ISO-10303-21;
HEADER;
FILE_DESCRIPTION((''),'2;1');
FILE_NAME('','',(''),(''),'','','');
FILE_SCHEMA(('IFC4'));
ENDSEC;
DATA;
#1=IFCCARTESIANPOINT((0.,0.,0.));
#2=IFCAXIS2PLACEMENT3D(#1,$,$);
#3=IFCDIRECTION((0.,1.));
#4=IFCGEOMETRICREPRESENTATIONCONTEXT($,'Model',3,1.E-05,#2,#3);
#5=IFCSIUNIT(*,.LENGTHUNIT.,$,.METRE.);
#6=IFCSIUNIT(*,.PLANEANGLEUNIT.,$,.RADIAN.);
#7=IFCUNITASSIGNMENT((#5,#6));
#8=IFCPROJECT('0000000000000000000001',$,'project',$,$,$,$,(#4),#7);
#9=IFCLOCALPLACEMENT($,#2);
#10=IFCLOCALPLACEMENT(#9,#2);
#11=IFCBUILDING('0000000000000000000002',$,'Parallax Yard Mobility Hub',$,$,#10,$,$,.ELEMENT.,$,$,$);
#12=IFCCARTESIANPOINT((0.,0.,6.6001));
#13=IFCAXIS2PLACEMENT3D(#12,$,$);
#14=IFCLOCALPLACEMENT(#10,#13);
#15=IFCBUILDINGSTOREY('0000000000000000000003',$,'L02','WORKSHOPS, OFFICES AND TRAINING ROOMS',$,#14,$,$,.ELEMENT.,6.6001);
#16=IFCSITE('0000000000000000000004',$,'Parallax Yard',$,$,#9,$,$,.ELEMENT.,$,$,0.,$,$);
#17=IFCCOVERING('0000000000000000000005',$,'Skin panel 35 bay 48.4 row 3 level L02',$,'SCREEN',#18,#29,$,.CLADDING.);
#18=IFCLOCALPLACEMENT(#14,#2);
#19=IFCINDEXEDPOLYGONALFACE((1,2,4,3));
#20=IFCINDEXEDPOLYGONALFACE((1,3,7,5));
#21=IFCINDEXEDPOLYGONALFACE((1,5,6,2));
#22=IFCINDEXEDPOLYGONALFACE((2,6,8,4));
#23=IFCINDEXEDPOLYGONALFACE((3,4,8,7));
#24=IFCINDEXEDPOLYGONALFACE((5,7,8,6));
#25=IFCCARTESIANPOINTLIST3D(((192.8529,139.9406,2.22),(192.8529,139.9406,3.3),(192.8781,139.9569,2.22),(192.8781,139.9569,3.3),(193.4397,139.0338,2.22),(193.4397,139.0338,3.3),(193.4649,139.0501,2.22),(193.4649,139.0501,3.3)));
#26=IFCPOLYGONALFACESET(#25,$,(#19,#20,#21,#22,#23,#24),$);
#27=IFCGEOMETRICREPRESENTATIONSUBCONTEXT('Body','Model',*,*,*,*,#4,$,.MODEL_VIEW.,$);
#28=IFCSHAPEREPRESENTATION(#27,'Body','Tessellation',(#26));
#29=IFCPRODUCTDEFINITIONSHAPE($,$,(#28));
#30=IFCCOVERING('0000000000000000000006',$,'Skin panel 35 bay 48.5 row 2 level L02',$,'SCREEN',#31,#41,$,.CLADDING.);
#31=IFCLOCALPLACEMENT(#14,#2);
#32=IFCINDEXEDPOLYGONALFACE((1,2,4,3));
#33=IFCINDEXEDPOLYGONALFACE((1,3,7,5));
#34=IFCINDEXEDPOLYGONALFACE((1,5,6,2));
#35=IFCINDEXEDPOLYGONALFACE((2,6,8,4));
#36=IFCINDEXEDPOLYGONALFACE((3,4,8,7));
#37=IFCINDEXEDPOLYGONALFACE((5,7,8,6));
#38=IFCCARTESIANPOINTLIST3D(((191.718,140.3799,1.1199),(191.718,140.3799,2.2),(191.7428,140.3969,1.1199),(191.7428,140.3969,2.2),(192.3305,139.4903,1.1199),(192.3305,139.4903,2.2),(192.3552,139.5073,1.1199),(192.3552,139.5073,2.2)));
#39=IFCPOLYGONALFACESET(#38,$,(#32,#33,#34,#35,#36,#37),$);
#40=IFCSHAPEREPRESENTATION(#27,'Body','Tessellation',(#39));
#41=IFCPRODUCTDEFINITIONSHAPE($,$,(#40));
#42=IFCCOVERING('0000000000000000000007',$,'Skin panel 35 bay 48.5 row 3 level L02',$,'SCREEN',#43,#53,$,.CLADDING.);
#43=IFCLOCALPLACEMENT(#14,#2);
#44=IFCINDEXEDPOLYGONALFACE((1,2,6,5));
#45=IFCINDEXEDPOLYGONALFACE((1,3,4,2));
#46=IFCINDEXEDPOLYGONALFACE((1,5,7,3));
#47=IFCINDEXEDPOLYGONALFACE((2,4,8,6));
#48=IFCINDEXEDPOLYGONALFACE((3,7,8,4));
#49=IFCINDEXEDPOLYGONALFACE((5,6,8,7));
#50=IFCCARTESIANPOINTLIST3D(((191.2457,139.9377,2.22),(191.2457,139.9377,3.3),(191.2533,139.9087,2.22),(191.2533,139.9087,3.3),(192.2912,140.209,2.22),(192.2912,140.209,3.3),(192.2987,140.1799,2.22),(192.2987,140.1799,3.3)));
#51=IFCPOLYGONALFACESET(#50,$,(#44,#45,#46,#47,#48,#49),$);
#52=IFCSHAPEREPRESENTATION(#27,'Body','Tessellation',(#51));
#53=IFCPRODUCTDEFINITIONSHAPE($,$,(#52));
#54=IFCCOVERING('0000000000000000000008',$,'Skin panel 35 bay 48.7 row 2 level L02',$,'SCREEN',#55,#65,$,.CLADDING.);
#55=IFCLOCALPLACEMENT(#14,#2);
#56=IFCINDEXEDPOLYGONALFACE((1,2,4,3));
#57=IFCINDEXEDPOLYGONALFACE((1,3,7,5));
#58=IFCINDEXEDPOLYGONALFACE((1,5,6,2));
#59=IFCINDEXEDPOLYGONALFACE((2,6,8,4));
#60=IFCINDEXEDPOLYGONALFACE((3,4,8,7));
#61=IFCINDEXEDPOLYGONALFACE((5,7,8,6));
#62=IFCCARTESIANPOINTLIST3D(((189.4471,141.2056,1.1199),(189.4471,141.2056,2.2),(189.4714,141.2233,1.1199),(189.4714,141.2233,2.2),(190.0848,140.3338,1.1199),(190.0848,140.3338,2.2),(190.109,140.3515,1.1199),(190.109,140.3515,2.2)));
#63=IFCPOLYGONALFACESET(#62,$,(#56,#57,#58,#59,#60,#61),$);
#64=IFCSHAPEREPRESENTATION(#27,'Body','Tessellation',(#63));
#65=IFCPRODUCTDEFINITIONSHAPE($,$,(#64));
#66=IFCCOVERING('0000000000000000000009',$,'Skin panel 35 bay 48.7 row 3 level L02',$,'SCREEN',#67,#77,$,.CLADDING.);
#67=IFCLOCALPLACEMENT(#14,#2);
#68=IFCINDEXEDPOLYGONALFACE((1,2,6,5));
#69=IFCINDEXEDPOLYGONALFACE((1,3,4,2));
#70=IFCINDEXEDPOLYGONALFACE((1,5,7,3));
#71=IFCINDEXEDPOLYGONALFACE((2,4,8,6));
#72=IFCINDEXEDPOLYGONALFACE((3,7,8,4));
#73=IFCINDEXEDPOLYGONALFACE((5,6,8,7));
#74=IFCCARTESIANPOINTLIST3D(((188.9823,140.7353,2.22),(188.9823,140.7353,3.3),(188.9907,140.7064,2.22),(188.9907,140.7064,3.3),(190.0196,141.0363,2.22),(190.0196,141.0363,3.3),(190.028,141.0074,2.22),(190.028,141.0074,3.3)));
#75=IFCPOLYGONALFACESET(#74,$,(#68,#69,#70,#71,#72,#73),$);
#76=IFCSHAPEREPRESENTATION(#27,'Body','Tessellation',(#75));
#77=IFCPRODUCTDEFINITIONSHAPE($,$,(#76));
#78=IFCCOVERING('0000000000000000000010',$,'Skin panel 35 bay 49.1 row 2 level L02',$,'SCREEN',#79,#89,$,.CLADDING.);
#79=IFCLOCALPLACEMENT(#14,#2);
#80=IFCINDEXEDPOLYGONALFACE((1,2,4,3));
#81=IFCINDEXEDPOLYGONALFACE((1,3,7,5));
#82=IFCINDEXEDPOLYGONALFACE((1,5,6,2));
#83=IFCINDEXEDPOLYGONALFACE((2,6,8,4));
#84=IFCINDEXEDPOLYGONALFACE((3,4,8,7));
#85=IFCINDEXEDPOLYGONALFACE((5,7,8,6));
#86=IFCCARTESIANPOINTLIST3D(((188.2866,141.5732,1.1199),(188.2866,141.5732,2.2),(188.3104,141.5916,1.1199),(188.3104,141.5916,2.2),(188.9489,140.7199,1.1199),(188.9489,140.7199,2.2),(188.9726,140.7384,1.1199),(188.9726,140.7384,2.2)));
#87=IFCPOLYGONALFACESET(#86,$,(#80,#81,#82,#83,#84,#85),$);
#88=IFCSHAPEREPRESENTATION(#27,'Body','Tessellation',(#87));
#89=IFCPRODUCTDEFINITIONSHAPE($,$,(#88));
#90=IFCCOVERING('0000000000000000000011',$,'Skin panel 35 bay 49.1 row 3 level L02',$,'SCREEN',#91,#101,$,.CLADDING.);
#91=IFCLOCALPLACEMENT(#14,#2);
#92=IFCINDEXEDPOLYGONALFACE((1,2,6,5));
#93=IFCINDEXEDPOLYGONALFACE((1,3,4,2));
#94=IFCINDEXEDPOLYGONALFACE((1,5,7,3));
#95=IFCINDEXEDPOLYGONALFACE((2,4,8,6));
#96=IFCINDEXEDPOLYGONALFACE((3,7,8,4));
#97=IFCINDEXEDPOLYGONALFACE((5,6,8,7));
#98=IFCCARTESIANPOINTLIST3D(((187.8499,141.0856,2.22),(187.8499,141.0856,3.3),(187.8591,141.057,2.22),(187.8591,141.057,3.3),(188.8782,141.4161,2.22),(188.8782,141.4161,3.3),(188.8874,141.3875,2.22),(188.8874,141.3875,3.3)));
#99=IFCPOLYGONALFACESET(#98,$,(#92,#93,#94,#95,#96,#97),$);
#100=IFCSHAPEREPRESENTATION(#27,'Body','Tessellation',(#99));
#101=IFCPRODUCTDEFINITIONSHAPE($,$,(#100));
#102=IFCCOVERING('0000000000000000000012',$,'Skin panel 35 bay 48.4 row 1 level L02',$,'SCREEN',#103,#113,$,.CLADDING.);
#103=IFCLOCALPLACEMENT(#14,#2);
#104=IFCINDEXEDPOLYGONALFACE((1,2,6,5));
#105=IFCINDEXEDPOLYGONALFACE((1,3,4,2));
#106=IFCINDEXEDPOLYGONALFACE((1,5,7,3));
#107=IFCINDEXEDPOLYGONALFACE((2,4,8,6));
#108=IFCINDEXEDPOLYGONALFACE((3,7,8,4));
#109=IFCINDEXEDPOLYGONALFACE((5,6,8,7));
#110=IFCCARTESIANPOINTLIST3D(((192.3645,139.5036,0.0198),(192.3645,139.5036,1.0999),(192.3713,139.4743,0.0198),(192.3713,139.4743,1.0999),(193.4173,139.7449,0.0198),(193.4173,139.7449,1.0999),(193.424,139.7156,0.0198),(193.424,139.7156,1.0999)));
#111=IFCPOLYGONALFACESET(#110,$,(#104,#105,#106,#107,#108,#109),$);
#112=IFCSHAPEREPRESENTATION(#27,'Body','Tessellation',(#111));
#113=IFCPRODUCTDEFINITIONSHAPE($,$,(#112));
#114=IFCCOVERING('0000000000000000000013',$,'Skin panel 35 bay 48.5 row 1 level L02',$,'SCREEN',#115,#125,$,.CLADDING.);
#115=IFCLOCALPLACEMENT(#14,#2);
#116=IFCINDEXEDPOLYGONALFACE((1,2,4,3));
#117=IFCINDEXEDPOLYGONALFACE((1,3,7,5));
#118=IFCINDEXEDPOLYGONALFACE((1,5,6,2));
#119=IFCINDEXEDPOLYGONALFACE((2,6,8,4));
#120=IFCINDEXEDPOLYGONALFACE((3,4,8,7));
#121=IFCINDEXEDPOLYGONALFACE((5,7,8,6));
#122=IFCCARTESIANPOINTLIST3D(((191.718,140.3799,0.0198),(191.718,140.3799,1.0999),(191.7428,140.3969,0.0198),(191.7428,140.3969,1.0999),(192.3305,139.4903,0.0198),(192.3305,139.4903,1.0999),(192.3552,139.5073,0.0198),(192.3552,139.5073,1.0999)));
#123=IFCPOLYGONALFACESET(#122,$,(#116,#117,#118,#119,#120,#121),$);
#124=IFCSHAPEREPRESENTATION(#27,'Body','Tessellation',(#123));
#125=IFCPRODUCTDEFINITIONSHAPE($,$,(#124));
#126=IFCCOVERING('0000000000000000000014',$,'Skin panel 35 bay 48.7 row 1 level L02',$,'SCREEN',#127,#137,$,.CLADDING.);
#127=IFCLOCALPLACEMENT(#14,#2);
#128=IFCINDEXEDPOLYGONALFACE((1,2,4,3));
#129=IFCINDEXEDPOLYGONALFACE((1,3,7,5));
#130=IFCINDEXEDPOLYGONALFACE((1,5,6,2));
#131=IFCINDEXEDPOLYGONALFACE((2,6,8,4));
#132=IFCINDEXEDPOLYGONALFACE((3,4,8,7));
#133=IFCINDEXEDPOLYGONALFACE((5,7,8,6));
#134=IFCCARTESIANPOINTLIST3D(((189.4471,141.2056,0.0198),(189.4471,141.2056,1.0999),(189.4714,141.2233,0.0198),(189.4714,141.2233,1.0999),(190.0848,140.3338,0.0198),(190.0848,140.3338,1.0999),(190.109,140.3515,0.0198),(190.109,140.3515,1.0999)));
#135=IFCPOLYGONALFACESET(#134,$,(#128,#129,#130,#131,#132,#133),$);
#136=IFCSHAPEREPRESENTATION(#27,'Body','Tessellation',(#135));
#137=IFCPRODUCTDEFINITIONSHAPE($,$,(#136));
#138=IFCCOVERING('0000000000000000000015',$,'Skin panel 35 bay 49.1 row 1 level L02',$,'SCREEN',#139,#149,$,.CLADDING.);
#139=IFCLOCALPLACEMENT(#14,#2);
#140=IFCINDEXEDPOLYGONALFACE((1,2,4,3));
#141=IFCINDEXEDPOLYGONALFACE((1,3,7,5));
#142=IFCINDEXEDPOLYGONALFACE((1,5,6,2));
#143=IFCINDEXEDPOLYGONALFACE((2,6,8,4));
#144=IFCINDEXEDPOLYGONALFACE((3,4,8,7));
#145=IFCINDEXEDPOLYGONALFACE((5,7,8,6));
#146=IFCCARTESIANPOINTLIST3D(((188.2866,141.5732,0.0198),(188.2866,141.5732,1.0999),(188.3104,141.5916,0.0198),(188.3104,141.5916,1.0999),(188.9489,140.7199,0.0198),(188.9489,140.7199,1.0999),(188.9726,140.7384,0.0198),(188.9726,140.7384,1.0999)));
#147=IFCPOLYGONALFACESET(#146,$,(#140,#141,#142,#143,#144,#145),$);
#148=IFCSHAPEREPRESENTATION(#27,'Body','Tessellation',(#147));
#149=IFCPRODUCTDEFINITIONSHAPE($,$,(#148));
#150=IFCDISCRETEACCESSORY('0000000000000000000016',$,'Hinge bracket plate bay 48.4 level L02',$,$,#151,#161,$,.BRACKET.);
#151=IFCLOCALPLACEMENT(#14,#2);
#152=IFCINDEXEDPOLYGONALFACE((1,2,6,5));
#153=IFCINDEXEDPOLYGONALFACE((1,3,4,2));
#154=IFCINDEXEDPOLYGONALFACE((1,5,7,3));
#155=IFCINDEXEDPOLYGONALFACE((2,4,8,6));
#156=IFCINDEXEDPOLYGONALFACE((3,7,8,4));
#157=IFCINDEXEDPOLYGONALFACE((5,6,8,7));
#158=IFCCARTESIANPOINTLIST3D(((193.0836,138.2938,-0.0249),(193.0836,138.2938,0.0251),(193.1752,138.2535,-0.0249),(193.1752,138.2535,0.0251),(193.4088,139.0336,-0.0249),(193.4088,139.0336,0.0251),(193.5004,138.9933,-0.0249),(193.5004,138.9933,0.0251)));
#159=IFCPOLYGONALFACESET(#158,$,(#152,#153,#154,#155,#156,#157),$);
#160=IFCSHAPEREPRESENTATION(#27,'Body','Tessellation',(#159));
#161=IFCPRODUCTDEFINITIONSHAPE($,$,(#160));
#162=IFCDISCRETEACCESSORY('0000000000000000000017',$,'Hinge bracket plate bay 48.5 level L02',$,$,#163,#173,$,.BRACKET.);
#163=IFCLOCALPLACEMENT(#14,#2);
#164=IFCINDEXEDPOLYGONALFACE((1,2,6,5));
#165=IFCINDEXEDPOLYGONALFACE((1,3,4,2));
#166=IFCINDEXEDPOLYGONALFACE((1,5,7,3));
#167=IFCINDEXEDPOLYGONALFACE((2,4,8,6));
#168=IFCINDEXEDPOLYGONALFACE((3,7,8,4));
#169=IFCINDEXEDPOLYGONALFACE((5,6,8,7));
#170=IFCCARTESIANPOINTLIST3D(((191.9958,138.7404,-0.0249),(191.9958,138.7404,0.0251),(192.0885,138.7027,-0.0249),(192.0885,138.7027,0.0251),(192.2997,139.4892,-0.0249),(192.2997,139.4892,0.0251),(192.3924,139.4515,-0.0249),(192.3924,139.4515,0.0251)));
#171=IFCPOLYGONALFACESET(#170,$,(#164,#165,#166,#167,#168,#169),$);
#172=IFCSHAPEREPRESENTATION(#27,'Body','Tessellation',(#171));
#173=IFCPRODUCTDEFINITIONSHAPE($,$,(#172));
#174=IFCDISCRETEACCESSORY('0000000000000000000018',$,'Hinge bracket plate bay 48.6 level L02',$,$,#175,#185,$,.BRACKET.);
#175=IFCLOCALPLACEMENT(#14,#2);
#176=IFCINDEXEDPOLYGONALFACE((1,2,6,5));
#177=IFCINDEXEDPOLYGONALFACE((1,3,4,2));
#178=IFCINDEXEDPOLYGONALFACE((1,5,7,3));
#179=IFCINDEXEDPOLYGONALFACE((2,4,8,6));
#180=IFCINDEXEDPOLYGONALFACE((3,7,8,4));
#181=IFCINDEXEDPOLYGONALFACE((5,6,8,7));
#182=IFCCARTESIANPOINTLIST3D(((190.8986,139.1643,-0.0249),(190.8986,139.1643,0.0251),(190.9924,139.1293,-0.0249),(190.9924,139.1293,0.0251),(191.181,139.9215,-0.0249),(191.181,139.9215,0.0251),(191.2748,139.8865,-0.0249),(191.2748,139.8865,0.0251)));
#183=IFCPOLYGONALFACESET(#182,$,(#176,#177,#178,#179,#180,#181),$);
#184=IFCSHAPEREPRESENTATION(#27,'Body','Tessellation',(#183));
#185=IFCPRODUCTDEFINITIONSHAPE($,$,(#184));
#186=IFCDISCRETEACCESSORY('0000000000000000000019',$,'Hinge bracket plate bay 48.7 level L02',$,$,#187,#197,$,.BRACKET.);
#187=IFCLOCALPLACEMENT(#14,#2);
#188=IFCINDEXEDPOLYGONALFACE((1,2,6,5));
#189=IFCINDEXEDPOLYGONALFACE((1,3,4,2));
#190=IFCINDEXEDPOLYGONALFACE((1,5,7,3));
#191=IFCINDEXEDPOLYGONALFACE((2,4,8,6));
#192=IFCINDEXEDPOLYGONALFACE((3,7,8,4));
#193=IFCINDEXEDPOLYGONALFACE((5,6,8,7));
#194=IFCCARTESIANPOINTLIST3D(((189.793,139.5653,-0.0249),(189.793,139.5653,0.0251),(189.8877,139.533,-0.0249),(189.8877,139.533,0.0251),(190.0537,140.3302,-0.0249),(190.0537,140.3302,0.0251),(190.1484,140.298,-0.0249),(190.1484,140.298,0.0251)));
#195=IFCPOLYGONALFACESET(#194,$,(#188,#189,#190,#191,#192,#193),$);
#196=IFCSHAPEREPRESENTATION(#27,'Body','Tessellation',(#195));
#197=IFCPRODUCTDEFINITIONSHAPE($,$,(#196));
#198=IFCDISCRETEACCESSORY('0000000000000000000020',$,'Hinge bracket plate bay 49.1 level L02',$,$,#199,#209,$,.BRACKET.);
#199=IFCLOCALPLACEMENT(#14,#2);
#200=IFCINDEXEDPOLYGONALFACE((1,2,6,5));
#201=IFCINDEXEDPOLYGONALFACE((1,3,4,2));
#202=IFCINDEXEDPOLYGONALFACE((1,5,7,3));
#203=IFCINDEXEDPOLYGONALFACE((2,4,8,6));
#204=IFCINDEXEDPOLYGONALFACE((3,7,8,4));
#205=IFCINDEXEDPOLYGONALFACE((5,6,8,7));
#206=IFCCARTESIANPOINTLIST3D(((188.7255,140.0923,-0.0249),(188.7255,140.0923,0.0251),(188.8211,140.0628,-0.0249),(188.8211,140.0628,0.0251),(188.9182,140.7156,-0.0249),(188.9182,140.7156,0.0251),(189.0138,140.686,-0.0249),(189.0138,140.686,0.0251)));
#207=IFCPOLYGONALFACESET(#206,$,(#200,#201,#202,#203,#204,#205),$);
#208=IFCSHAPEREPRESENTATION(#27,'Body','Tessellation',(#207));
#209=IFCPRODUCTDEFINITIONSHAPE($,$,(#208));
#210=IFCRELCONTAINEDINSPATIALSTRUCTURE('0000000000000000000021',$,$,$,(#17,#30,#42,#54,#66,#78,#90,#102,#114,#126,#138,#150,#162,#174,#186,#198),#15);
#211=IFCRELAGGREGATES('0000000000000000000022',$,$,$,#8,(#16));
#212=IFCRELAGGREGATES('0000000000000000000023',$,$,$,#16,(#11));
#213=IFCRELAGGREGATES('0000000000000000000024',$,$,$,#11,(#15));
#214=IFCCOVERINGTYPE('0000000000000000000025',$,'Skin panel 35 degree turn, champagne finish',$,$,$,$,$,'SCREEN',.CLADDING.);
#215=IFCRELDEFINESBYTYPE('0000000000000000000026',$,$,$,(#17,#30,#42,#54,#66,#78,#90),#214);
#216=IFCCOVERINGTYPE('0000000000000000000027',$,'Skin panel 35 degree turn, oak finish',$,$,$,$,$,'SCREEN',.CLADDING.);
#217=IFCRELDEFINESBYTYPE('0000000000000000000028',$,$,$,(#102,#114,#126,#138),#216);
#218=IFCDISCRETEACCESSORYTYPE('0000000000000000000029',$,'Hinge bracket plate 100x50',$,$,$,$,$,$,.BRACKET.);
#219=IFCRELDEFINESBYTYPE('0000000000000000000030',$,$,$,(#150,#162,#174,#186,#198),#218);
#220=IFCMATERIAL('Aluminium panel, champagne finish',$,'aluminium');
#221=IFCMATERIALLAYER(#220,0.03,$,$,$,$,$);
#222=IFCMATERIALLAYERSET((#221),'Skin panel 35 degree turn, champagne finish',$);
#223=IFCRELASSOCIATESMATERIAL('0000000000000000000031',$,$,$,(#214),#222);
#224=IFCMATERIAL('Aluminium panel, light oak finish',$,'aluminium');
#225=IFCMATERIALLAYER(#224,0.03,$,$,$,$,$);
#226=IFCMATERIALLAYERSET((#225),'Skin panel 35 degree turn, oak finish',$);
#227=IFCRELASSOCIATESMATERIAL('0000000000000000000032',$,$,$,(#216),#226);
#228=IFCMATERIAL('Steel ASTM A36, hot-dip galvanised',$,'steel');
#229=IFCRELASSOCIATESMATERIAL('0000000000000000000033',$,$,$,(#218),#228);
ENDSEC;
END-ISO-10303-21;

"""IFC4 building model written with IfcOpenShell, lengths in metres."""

from ifc_helpers import new_model, si_unit, direction, frame, origin, origin_2d, place, context, subcontext, project, spatial, rectangle, extrude, material, layer, layer_set, type_object, element, save


model = new_model("IFC4")

# Units and contexts
model_context = context("Model", 3, precision=1e-05, world=origin(), true_north=direction((0.0, 1.0)))
body_context = subcontext(model_context, "Body", "Model", "MODEL_VIEW")
ifc_project = project(units=[si_unit("LENGTHUNIT", "METRE"), si_unit("PLANEANGLEUNIT", "RADIAN")], contexts=[model_context])

# Site, building, storey
site_placement = place(None, origin())
site = spatial("IfcSite", under=ifc_project, at=site_placement, Name="Parallax Yard", CompositionType="ELEMENT", RefElevation=0.0)
building_placement = place(site_placement, origin())
building = spatial("IfcBuilding", under=site, at=building_placement, Name="Parallax Yard Mobility Hub", CompositionType="ELEMENT")
storey_placement = place(building_placement, frame((0.0, 0.0, 6.6001)))
storey = spatial("IfcBuildingStorey", under=building, at=storey_placement, Name="L02", Description="WORKSHOPS, OFFICES AND TRAINING ROOMS", CompositionType="ELEMENT", Elevation=6.6001)

# Coverings
ifc_material_1 = material(Name="Aluminium panel, champagne finish", Category="aluminium")
ifc_material_2 = material(Name="Aluminium panel, light oak finish", Category="aluminium")
ifc_layer_1 = layer(ifc_material_1, 0.03)
ifc_layer_set_1 = layer_set([ifc_layer_1], Name="Skin panel 35 degree turn, champagne finish")
covering_type_1 = type_object("IfcCoveringType", Name="Skin panel 35 degree turn, champagne finish", ElementType="SCREEN", PredefinedType="CLADDING", material=ifc_layer_set_1)
for number, where, z_axis, x_axis, name in (
    (1, (193.1589, 139.4954, 2.22), (0.0, 0.0, 1.0), (-0.543308, 0.839534, 0.0), "Skin panel 35 bay 48.4 row 3 level L02"),
    (2, (192.0366, 139.9436, 1.1199), (0.0, 0.0, 1.0), (-0.567061, 0.823676, 0.0), "Skin panel 35 bay 48.5 row 2 level L02"),
    (3, (191.7722, 140.0588, 2.22), (0.0, 0.0, 1.0), (0.967949, 0.251149, 0.0), "Skin panel 35 bay 48.5 row 3 level L02"),
    (4, (189.7781, 140.7786, 1.1199), (0.0, 0.0, 1.0), (-0.590349, 0.807148, 0.0), "Skin panel 35 bay 48.7 row 2 level L02"),
    (5, (189.5051, 140.8713, 2.22), (0.0, 0.0, 1.0), (0.960382, 0.278686, 0.0), "Skin panel 35 bay 48.7 row 3 level L02"),
    (6, (188.6296, 141.1558, 1.1199), (0.0, 0.0, 1.0), (-0.613158, 0.78996, 0.0), "Skin panel 35 bay 49.1 row 2 level L02"),
    (7, (188.3687, 141.2366, 2.22), (0.0, 0.0, 1.0), (0.952032, 0.305998, 0.0), "Skin panel 35 bay 49.1 row 3 level L02"),
):
    element("IfcCovering", number, at=place(storey_placement, frame(where, z_axis=z_axis, x_axis=x_axis)), inside=storey, type_object=covering_type_1, Name=name, ObjectType="SCREEN", PredefinedType="CLADDING", context=body_context, shape_type="SweptSolid", body=[
        extrude(rectangle(XDim=1.0801, YDim=0.03, at=origin_2d()), origin(), (0.0, 0.0, 1.0), 1.0801),
    ])
ifc_layer_2 = layer(ifc_material_2, 0.03)
ifc_layer_set_2 = layer_set([ifc_layer_2], Name="Skin panel 35 degree turn, oak finish")
covering_type_2 = type_object("IfcCoveringType", Name="Skin panel 35 degree turn, oak finish", ElementType="SCREEN", PredefinedType="CLADDING", material=ifc_layer_set_2)
for number, where, z_axis, x_axis, name in (
    (8, (192.8943, 139.6096, 0.0198), (0.0, 0.0, 1.0), (0.974726, 0.223405, 0.0), "Skin panel 35 bay 48.4 row 1 level L02"),
    (9, (192.0366, 139.9436, 0.0198), (0.0, 0.0, 1.0), (-0.567061, 0.823676, 0.0), "Skin panel 35 bay 48.5 row 1 level L02"),
    (10, (189.7781, 140.7786, 0.0198), (0.0, 0.0, 1.0), (-0.590349, 0.807148, 0.0), "Skin panel 35 bay 48.7 row 1 level L02"),
    (11, (188.6296, 141.1558, 0.0198), (0.0, 0.0, 1.0), (-0.613158, 0.78996, 0.0), "Skin panel 35 bay 49.1 row 1 level L02"),
):
    element("IfcCovering", number, at=place(storey_placement, frame(where, z_axis=z_axis, x_axis=x_axis)), inside=storey, type_object=covering_type_2, Name=name, ObjectType="SCREEN", PredefinedType="CLADDING", context=body_context, shape_type="SweptSolid", body=[
        extrude(rectangle(XDim=1.0801, YDim=0.03, at=origin_2d()), origin(), (0.0, 0.0, 1.0), 1.0801),
    ])

# Discrete accessories
ifc_material_3 = material(Name="Steel ASTM A36, hot-dip galvanised", Category="steel")
discrete_accessory_type_1 = type_object("IfcDiscreteAccessoryType", Name="Hinge bracket plate 100x50", PredefinedType="BRACKET", material=ifc_material_3)
for number, where, z_axis, x_axis, name in (
    (12, (193.292, 138.6436, -0.0249), (0.0, 0.0, 1.0), (0.402384, 0.915471, 0.0), "Hinge bracket plate bay 48.4 level L02"),
    (13, (192.1941, 139.0959, -0.0249), (0.0, 0.0, 1.0), (0.376077, 0.926588, 0.0), "Hinge bracket plate bay 48.5 level L02"),
    (14, (191.0867, 139.5254, -0.0249), (0.0, 0.0, 1.0), (0.349463, 0.93695, 0.0), "Hinge bracket plate bay 48.6 level L02"),
    (15, (189.9707, 139.9316, -0.0249), (0.0, 0.0, 1.0), (0.322566, 0.946547, 0.0), "Hinge bracket plate bay 48.7 level L02"),
):
    element("IfcDiscreteAccessory", number, at=place(storey_placement, frame(where, z_axis=z_axis, x_axis=x_axis)), inside=storey, type_object=discrete_accessory_type_1, Name=name, PredefinedType="BRACKET", context=body_context, shape_type="SweptSolid", body=[
        extrude(rectangle(XDim=0.8081, YDim=0.1001, at=origin_2d()), origin(), (0.0, 0.0, 1.0), 0.05),
    ])
discrete_accessory_placement = place(storey_placement, frame((188.8696, 140.3892, -0.0249), z_axis=(0.0, 0.0, 1.0), x_axis=(0.295405, 0.955372, 0.0)))
element("IfcDiscreteAccessory", 16, at=discrete_accessory_placement, inside=storey, type_object=discrete_accessory_type_1, Name="Hinge bracket plate bay 49.1 level L02", PredefinedType="BRACKET", context=body_context, shape_type="SweptSolid", body=[
    extrude(rectangle(XDim=0.6523, YDim=0.1001, at=origin_2d()), origin(), (0.0, 0.0, 1.0), 0.05),
])

save(model, "model.ifc")
